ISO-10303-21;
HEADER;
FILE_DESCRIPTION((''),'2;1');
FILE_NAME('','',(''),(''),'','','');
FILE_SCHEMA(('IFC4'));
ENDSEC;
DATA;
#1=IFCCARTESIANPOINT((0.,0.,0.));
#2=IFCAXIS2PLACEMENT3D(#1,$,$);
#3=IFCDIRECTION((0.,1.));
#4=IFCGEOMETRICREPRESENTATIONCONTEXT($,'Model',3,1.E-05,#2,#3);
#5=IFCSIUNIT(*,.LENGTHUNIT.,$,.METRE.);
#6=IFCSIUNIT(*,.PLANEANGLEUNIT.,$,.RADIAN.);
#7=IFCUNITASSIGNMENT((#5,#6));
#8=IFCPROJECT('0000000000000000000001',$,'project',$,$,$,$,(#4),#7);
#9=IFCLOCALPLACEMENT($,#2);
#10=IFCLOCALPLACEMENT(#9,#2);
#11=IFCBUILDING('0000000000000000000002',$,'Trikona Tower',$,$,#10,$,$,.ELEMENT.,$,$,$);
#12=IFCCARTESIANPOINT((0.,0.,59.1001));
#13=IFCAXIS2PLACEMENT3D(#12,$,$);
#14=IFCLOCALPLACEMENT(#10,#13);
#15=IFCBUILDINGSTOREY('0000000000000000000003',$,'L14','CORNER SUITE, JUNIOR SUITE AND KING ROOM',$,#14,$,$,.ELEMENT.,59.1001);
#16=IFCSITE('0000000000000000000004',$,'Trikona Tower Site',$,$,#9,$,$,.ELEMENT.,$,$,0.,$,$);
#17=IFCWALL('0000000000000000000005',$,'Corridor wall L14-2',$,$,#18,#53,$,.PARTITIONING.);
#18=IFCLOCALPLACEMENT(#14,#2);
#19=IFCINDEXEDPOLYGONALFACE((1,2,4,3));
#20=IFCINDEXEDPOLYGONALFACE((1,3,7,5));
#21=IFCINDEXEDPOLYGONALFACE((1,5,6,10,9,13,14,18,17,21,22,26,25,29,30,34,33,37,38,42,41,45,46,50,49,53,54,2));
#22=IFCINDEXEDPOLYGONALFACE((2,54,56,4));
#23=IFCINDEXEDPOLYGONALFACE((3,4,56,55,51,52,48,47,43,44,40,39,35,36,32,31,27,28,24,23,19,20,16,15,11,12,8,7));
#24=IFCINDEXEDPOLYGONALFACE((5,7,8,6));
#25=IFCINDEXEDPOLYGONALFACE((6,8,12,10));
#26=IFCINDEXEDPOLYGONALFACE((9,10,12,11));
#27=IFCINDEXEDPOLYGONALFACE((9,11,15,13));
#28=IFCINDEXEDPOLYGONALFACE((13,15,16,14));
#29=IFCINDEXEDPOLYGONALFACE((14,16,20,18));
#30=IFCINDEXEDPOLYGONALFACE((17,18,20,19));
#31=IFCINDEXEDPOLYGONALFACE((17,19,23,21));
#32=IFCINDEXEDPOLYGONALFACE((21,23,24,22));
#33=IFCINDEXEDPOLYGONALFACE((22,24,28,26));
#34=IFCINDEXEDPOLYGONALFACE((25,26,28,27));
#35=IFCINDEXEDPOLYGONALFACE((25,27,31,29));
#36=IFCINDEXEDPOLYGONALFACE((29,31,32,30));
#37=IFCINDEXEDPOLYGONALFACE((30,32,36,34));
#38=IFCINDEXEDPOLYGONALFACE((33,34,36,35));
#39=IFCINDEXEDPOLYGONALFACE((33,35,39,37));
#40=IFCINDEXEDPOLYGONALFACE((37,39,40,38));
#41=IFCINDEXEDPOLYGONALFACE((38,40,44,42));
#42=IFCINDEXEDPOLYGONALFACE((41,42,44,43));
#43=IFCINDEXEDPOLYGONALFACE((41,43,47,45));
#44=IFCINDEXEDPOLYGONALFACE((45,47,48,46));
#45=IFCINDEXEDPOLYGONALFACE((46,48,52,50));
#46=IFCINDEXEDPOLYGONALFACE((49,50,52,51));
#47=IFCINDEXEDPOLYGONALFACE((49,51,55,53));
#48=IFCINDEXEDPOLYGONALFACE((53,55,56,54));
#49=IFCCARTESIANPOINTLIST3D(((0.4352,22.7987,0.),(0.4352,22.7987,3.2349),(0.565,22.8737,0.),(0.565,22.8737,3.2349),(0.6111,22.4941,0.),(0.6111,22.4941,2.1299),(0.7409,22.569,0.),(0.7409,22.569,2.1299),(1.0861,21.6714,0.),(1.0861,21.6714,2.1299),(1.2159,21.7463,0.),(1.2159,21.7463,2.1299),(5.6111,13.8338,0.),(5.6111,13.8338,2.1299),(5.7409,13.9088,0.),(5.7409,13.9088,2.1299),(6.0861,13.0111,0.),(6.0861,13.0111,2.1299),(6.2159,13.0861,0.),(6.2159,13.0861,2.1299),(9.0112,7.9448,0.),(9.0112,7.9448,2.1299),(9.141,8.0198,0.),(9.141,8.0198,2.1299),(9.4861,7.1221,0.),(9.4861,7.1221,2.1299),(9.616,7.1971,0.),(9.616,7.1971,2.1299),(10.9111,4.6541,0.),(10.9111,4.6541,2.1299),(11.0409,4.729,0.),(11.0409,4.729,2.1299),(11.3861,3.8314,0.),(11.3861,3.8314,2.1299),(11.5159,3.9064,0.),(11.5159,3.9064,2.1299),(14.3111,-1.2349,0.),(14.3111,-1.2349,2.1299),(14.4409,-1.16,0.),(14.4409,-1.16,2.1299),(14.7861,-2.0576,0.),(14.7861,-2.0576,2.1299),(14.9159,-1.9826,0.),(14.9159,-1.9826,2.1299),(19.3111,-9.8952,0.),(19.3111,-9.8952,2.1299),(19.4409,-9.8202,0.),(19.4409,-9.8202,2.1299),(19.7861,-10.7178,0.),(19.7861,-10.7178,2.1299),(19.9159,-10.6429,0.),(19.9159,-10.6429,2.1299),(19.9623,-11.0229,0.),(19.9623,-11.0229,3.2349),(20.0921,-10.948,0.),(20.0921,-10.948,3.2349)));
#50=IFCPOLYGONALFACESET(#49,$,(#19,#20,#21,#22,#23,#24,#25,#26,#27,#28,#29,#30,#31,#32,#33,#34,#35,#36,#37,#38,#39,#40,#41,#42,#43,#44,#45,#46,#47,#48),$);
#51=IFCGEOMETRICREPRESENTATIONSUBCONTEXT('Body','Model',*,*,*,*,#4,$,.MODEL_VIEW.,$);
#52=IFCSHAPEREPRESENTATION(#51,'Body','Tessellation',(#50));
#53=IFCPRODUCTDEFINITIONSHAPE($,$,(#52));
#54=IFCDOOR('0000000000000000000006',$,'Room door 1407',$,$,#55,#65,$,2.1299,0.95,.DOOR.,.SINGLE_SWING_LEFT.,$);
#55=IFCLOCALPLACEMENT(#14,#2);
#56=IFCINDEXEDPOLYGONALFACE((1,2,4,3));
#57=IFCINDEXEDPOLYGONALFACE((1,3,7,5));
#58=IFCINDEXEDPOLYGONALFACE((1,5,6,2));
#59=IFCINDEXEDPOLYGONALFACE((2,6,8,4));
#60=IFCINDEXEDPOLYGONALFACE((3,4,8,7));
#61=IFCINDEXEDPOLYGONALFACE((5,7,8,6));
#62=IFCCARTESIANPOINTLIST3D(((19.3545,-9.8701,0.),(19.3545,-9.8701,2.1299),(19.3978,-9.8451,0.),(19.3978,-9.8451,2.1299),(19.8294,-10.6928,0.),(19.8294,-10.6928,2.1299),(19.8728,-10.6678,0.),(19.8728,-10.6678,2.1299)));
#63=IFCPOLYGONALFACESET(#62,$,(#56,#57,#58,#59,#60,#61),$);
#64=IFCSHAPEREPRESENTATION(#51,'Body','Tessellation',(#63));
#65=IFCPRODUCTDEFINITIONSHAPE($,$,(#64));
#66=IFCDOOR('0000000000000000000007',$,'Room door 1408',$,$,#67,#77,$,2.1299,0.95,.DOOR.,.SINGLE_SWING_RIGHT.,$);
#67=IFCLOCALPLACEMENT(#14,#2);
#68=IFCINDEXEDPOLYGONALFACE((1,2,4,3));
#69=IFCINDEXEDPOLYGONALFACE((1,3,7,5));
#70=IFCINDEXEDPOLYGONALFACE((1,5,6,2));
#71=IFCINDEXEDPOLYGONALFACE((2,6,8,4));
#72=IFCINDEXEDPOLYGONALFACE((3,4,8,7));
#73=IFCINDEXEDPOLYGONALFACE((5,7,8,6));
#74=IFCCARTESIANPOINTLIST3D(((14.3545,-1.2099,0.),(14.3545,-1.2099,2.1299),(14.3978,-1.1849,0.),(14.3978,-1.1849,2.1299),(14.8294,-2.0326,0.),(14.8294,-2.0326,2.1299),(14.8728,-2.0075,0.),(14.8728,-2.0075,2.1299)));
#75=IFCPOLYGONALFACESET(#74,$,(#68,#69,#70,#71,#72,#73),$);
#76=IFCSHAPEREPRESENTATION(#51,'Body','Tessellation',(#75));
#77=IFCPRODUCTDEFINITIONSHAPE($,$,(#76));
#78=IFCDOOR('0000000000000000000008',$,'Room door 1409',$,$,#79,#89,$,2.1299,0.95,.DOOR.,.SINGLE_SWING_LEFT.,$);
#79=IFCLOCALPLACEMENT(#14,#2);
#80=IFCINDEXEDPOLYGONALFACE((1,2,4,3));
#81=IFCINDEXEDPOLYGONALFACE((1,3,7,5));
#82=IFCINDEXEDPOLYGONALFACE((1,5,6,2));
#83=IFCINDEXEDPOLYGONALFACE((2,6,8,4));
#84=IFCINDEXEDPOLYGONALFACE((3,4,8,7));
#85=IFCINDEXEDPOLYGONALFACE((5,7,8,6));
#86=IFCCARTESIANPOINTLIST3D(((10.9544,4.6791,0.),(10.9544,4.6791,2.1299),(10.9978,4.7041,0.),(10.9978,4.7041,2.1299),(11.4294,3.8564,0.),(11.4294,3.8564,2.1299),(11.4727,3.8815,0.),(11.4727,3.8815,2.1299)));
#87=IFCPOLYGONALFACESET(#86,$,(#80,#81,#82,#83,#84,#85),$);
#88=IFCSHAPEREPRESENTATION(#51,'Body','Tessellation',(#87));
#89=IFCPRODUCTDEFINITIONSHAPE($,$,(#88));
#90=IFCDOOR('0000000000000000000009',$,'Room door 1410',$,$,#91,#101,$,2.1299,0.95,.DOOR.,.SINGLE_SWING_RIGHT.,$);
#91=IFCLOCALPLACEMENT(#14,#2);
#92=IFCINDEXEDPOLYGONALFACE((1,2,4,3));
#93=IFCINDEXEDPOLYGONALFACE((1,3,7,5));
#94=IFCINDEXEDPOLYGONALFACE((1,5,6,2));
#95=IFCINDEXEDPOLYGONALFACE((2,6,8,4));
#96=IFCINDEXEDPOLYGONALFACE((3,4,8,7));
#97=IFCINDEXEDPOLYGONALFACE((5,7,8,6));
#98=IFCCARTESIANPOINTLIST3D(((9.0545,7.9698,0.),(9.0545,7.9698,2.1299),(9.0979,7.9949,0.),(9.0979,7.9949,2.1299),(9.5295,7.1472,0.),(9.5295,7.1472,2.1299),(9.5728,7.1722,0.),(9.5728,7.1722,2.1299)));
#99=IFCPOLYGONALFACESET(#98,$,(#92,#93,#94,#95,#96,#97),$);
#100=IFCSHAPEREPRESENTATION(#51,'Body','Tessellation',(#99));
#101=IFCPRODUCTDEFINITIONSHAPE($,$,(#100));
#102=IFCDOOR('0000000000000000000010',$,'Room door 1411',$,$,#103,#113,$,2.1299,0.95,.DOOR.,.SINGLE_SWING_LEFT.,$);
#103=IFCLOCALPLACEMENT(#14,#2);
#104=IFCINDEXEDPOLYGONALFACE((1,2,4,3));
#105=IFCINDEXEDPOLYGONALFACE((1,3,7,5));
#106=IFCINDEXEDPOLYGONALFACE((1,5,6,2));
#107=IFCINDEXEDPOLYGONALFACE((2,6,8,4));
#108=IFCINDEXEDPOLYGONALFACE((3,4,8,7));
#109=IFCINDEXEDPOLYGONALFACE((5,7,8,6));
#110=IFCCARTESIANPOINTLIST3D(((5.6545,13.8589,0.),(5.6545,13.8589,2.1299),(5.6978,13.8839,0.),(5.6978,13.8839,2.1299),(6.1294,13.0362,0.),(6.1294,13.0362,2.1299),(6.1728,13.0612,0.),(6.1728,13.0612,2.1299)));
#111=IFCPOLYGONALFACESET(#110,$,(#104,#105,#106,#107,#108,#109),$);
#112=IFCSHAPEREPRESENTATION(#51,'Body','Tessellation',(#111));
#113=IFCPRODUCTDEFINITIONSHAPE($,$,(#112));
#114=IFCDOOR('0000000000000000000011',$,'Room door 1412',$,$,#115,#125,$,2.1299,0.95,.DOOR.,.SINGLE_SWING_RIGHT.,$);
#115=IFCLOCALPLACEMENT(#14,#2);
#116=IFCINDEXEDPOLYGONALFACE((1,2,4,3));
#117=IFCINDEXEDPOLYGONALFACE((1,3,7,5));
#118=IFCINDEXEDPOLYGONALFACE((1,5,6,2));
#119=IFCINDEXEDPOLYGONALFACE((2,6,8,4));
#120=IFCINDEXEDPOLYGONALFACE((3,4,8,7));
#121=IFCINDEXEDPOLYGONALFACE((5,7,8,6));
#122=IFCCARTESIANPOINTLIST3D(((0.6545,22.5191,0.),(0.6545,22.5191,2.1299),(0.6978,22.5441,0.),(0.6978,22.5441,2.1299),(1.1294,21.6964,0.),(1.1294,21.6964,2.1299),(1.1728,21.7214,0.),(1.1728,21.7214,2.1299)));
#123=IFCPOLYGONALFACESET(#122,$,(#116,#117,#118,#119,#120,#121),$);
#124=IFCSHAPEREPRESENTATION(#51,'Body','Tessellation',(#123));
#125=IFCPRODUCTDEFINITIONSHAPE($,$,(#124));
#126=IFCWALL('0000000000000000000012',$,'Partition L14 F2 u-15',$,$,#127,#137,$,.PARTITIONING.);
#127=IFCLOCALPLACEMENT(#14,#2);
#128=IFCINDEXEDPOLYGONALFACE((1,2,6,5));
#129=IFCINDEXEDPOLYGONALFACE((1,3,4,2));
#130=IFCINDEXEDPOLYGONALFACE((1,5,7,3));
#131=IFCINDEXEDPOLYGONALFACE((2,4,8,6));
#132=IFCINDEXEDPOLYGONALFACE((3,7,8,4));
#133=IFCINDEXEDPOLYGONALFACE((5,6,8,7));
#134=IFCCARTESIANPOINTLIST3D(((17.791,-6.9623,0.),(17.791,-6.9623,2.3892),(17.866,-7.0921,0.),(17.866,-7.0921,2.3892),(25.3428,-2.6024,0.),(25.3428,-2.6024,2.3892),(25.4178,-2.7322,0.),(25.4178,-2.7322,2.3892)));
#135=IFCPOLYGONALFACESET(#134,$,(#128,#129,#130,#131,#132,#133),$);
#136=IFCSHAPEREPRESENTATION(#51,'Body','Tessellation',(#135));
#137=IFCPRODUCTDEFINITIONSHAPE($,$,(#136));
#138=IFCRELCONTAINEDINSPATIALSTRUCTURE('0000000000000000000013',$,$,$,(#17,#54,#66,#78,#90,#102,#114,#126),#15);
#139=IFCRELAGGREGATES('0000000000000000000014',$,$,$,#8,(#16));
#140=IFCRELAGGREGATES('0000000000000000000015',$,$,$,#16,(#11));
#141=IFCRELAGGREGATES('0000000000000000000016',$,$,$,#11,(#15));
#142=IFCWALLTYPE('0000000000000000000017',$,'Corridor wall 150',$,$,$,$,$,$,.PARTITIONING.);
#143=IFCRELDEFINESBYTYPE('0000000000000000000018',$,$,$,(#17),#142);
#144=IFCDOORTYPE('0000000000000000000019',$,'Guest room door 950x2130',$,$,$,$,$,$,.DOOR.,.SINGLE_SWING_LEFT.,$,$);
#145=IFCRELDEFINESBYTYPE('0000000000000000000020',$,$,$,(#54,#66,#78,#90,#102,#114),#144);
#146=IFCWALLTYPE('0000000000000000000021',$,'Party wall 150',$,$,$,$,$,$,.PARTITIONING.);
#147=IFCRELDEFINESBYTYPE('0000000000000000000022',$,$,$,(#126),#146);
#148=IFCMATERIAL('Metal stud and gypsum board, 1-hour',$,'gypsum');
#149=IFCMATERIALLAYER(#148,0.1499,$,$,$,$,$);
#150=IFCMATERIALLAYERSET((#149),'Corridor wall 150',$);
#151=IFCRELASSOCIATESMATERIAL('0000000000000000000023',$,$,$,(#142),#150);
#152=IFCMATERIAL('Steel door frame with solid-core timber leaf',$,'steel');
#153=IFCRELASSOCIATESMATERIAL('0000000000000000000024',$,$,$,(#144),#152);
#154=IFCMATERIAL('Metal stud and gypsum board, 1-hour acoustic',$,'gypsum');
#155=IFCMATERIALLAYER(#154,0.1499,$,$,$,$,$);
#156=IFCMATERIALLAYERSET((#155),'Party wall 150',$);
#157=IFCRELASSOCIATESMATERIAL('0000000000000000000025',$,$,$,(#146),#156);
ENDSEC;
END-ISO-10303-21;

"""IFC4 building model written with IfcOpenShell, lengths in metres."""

from ifc_helpers import new_model, si_unit, direction, frame, frame_2d, origin, place, context, subcontext, project, spatial, rectangle, extrude, material, layer, layer_set, type_object, element, fill, save


model = new_model("IFC4")

# Units and contexts
model_context = context("Model", 3, precision=1e-05, world=origin(), true_north=direction((0.0, 1.0)))
body_context = subcontext(model_context, "Body", "Model", "MODEL_VIEW")
ifc_project = project(units=[si_unit("LENGTHUNIT", "METRE"), si_unit("PLANEANGLEUNIT", "RADIAN")], contexts=[model_context])

# Site, building, storey
site_placement = place(None, origin())
site = spatial("IfcSite", under=ifc_project, at=site_placement, Name="Trikona Tower Site", CompositionType="ELEMENT", RefElevation=0.0)
building_placement = place(site_placement, origin())
building = spatial("IfcBuilding", under=site, at=building_placement, Name="Trikona Tower", CompositionType="ELEMENT")
storey_placement = place(building_placement, frame((0.0, 0.0, 59.1001)))
storey = spatial("IfcBuildingStorey", under=building, at=storey_placement, Name="L14", Description="CORNER SUITE, JUNIOR SUITE AND KING ROOM", CompositionType="ELEMENT", Elevation=59.1001)

# Wall, openings, doors
ifc_material_1 = material(Name="Metal stud and gypsum board, 1-hour", Category="gypsum")
ifc_layer_1 = layer(ifc_material_1, 0.1499)
ifc_layer_set_1 = layer_set([ifc_layer_1], Name="Corridor wall 150")
wall_type_1 = type_object("IfcWallType", Name="Corridor wall 150", PredefinedType="PARTITIONING", material=ifc_layer_set_1)
wall_1_placement = place(storey_placement, frame((20.0271, -10.9854, 0.0), z_axis=(0.0, 0.0, 1.0), x_axis=(-0.500002, 0.866024, 0.0)))
wall_1 = element("IfcWall", 1, at=wall_1_placement, inside=storey, type_object=wall_type_1, Name="Corridor wall L14-2", PredefinedType="PARTITIONING", context=body_context, shape_type="SweptSolid", body=[
    extrude(rectangle(XDim=39.054, YDim=0.1499, at=frame_2d((19.5269, 0.0))), origin(), (0.0, 0.0, 1.0), 3.2349),
])
opening_1_placement = place(wall_1_placement, frame((0.3521, 0.0, 0.0)))
opening_1 = element("IfcOpeningElement", 2, at=opening_1_placement, cuts=wall_1, PredefinedType="OPENING", context=body_context, shape_type="SweptSolid", body=[
    extrude(rectangle(XDim=0.95, YDim=2.1299, at=frame_2d((0.4751, 1.0649))), frame((0.0, 0.085, 0.0), z_axis=(0.0, -1.0, 0.0), x_axis=(1.0, 0.0, 0.0)), (0.0, 0.0, 1.0), 0.1699),
])
opening_2_placement = place(wall_1_placement, frame((10.3521, 0.0, 0.0)))
opening_2 = element("IfcOpeningElement", 3, at=opening_2_placement, cuts=wall_1, PredefinedType="OPENING", context=body_context, shape_type="SweptSolid", body=[
    extrude(rectangle(XDim=0.95, YDim=2.1299, at=frame_2d((0.4751, 1.0649))), frame((0.0, 0.085, 0.0), z_axis=(0.0, -1.0, 0.0), x_axis=(1.0, 0.0, 0.0)), (0.0, 0.0, 1.0), 0.1699),
])
opening_3_placement = place(wall_1_placement, frame((17.1521, 0.0, 0.0)))
opening_3 = element("IfcOpeningElement", 4, at=opening_3_placement, cuts=wall_1, PredefinedType="OPENING", context=body_context, shape_type="SweptSolid", body=[
    extrude(rectangle(XDim=0.95, YDim=2.1299, at=frame_2d((0.4751, 1.0649))), frame((0.0, 0.085, 0.0), z_axis=(0.0, -1.0, 0.0), x_axis=(1.0, 0.0, 0.0)), (0.0, 0.0, 1.0), 0.1699),
])
opening_4_placement = place(wall_1_placement, frame((20.9519, 0.0, 0.0)))
opening_4 = element("IfcOpeningElement", 5, at=opening_4_placement, cuts=wall_1, PredefinedType="OPENING", context=body_context, shape_type="SweptSolid", body=[
    extrude(rectangle(XDim=0.95, YDim=2.1299, at=frame_2d((0.4751, 1.0649))), frame((0.0, 0.085, 0.0), z_axis=(0.0, -1.0, 0.0), x_axis=(1.0, 0.0, 0.0)), (0.0, 0.0, 1.0), 0.1699),
])
opening_5_placement = place(wall_1_placement, frame((27.752, 0.0, 0.0)))
opening_5 = element("IfcOpeningElement", 6, at=opening_5_placement, cuts=wall_1, PredefinedType="OPENING", context=body_context, shape_type="SweptSolid", body=[
    extrude(rectangle(XDim=0.95, YDim=2.1299, at=frame_2d((0.4751, 1.0649))), frame((0.0, 0.085, 0.0), z_axis=(0.0, -1.0, 0.0), x_axis=(1.0, 0.0, 0.0)), (0.0, 0.0, 1.0), 0.1699),
])
opening_6_placement = place(wall_1_placement, frame((37.752, 0.0, 0.0)))
opening_6 = element("IfcOpeningElement", 7, at=opening_6_placement, cuts=wall_1, PredefinedType="OPENING", context=body_context, shape_type="SweptSolid", body=[
    extrude(rectangle(XDim=0.95, YDim=2.1299, at=frame_2d((0.4751, 1.0649))), frame((0.0, 0.085, 0.0), z_axis=(0.0, -1.0, 0.0), x_axis=(1.0, 0.0, 0.0)), (0.0, 0.0, 1.0), 0.1699),
])
ifc_material_2 = material(Name="Steel door frame with solid-core timber leaf", Category="steel")
door_type_1 = type_object("IfcDoorType", Name="Guest room door 950x2130", OperationType="SINGLE_SWING_LEFT", PredefinedType="DOOR", material=ifc_material_2)
door_1_placement = place(opening_1_placement, origin())
door_1 = element("IfcDoor", 8, at=door_1_placement, inside=storey, type_object=door_type_1, Name="Room door 1407", OperationType="SINGLE_SWING_LEFT", OverallHeight=2.1299, OverallWidth=0.95, PredefinedType="DOOR", context=body_context, shape_type="SweptSolid", body=[
    extrude(rectangle(XDim=0.95, YDim=2.1299, at=frame_2d((0.4751, 1.0649))), frame((0.0, 0.0249, 0.0), z_axis=(0.0, -1.0, 0.0), x_axis=(1.0, 0.0, 0.0)), (0.0, 0.0, 1.0), 0.05),
])
fill(opening_1, door_1)
door_2_placement = place(opening_2_placement, origin())
door_2 = element("IfcDoor", 9, at=door_2_placement, inside=storey, type_object=door_type_1, Name="Room door 1408", OperationType="SINGLE_SWING_RIGHT", OverallHeight=2.1299, OverallWidth=0.95, PredefinedType="DOOR", context=body_context, shape_type="SweptSolid", body=[
    extrude(rectangle(XDim=0.95, YDim=2.1299, at=frame_2d((0.4751, 1.0649))), frame((0.0, 0.0249, 0.0), z_axis=(0.0, -1.0, 0.0), x_axis=(1.0, 0.0, 0.0)), (0.0, 0.0, 1.0), 0.05),
])
fill(opening_2, door_2)
door_3_placement = place(opening_3_placement, origin())
door_3 = element("IfcDoor", 10, at=door_3_placement, inside=storey, type_object=door_type_1, Name="Room door 1409", OperationType="SINGLE_SWING_LEFT", OverallHeight=2.1299, OverallWidth=0.95, PredefinedType="DOOR", context=body_context, shape_type="SweptSolid", body=[
    extrude(rectangle(XDim=0.95, YDim=2.1299, at=frame_2d((0.4751, 1.0649))), frame((0.0, 0.0249, 0.0), z_axis=(0.0, -1.0, 0.0), x_axis=(1.0, 0.0, 0.0)), (0.0, 0.0, 1.0), 0.05),
])
fill(opening_3, door_3)
door_4_placement = place(opening_4_placement, origin())
door_4 = element("IfcDoor", 11, at=door_4_placement, inside=storey, type_object=door_type_1, Name="Room door 1410", OperationType="SINGLE_SWING_RIGHT", OverallHeight=2.1299, OverallWidth=0.95, PredefinedType="DOOR", context=body_context, shape_type="SweptSolid", body=[
    extrude(rectangle(XDim=0.95, YDim=2.1299, at=frame_2d((0.4751, 1.0649))), frame((0.0, 0.0249, 0.0), z_axis=(0.0, -1.0, 0.0), x_axis=(1.0, 0.0, 0.0)), (0.0, 0.0, 1.0), 0.05),
])
fill(opening_4, door_4)
door_5_placement = place(opening_5_placement, origin())
door_5 = element("IfcDoor", 12, at=door_5_placement, inside=storey, type_object=door_type_1, Name="Room door 1411", OperationType="SINGLE_SWING_LEFT", OverallHeight=2.1299, OverallWidth=0.95, PredefinedType="DOOR", context=body_context, shape_type="SweptSolid", body=[
    extrude(rectangle(XDim=0.95, YDim=2.1299, at=frame_2d((0.4751, 1.0649))), frame((0.0, 0.0249, 0.0), z_axis=(0.0, -1.0, 0.0), x_axis=(1.0, 0.0, 0.0)), (0.0, 0.0, 1.0), 0.05),
])
fill(opening_5, door_5)
door_6_placement = place(opening_6_placement, origin())
door_6 = element("IfcDoor", 13, at=door_6_placement, inside=storey, type_object=door_type_1, Name="Room door 1412", OperationType="SINGLE_SWING_RIGHT", OverallHeight=2.1299, OverallWidth=0.95, PredefinedType="DOOR", context=body_context, shape_type="SweptSolid", body=[
    extrude(rectangle(XDim=0.95, YDim=2.1299, at=frame_2d((0.4751, 1.0649))), frame((0.0, 0.0249, 0.0), z_axis=(0.0, -1.0, 0.0), x_axis=(1.0, 0.0, 0.0)), (0.0, 0.0, 1.0), 0.05),
])
fill(opening_6, door_6)

# Wall
ifc_material_3 = material(Name="Metal stud and gypsum board, 1-hour acoustic", Category="gypsum")
ifc_layer_2 = layer(ifc_material_3, 0.1499)
ifc_layer_set_2 = layer_set([ifc_layer_2], Name="Party wall 150")
wall_type_2 = type_object("IfcWallType", Name="Party wall 150", PredefinedType="PARTITIONING", material=ifc_layer_set_2)
wall_2_placement = place(storey_placement, frame((17.8286, -7.0271, 0.0), z_axis=(0.0, 0.0, 1.0), x_axis=(0.866033, 0.499987, 0.0)))
element("IfcWall", 14, at=wall_2_placement, inside=storey, type_object=wall_type_2, Name="Partition L14 F2 u-15", PredefinedType="PARTITIONING", context=body_context, shape_type="SweptSolid", body=[
    extrude(rectangle(XDim=8.72, YDim=0.1499, at=frame_2d((4.3599, 0.0))), origin(), (0.0, 0.0, 1.0), 2.3892),
])

save(model, "model.ifc")
